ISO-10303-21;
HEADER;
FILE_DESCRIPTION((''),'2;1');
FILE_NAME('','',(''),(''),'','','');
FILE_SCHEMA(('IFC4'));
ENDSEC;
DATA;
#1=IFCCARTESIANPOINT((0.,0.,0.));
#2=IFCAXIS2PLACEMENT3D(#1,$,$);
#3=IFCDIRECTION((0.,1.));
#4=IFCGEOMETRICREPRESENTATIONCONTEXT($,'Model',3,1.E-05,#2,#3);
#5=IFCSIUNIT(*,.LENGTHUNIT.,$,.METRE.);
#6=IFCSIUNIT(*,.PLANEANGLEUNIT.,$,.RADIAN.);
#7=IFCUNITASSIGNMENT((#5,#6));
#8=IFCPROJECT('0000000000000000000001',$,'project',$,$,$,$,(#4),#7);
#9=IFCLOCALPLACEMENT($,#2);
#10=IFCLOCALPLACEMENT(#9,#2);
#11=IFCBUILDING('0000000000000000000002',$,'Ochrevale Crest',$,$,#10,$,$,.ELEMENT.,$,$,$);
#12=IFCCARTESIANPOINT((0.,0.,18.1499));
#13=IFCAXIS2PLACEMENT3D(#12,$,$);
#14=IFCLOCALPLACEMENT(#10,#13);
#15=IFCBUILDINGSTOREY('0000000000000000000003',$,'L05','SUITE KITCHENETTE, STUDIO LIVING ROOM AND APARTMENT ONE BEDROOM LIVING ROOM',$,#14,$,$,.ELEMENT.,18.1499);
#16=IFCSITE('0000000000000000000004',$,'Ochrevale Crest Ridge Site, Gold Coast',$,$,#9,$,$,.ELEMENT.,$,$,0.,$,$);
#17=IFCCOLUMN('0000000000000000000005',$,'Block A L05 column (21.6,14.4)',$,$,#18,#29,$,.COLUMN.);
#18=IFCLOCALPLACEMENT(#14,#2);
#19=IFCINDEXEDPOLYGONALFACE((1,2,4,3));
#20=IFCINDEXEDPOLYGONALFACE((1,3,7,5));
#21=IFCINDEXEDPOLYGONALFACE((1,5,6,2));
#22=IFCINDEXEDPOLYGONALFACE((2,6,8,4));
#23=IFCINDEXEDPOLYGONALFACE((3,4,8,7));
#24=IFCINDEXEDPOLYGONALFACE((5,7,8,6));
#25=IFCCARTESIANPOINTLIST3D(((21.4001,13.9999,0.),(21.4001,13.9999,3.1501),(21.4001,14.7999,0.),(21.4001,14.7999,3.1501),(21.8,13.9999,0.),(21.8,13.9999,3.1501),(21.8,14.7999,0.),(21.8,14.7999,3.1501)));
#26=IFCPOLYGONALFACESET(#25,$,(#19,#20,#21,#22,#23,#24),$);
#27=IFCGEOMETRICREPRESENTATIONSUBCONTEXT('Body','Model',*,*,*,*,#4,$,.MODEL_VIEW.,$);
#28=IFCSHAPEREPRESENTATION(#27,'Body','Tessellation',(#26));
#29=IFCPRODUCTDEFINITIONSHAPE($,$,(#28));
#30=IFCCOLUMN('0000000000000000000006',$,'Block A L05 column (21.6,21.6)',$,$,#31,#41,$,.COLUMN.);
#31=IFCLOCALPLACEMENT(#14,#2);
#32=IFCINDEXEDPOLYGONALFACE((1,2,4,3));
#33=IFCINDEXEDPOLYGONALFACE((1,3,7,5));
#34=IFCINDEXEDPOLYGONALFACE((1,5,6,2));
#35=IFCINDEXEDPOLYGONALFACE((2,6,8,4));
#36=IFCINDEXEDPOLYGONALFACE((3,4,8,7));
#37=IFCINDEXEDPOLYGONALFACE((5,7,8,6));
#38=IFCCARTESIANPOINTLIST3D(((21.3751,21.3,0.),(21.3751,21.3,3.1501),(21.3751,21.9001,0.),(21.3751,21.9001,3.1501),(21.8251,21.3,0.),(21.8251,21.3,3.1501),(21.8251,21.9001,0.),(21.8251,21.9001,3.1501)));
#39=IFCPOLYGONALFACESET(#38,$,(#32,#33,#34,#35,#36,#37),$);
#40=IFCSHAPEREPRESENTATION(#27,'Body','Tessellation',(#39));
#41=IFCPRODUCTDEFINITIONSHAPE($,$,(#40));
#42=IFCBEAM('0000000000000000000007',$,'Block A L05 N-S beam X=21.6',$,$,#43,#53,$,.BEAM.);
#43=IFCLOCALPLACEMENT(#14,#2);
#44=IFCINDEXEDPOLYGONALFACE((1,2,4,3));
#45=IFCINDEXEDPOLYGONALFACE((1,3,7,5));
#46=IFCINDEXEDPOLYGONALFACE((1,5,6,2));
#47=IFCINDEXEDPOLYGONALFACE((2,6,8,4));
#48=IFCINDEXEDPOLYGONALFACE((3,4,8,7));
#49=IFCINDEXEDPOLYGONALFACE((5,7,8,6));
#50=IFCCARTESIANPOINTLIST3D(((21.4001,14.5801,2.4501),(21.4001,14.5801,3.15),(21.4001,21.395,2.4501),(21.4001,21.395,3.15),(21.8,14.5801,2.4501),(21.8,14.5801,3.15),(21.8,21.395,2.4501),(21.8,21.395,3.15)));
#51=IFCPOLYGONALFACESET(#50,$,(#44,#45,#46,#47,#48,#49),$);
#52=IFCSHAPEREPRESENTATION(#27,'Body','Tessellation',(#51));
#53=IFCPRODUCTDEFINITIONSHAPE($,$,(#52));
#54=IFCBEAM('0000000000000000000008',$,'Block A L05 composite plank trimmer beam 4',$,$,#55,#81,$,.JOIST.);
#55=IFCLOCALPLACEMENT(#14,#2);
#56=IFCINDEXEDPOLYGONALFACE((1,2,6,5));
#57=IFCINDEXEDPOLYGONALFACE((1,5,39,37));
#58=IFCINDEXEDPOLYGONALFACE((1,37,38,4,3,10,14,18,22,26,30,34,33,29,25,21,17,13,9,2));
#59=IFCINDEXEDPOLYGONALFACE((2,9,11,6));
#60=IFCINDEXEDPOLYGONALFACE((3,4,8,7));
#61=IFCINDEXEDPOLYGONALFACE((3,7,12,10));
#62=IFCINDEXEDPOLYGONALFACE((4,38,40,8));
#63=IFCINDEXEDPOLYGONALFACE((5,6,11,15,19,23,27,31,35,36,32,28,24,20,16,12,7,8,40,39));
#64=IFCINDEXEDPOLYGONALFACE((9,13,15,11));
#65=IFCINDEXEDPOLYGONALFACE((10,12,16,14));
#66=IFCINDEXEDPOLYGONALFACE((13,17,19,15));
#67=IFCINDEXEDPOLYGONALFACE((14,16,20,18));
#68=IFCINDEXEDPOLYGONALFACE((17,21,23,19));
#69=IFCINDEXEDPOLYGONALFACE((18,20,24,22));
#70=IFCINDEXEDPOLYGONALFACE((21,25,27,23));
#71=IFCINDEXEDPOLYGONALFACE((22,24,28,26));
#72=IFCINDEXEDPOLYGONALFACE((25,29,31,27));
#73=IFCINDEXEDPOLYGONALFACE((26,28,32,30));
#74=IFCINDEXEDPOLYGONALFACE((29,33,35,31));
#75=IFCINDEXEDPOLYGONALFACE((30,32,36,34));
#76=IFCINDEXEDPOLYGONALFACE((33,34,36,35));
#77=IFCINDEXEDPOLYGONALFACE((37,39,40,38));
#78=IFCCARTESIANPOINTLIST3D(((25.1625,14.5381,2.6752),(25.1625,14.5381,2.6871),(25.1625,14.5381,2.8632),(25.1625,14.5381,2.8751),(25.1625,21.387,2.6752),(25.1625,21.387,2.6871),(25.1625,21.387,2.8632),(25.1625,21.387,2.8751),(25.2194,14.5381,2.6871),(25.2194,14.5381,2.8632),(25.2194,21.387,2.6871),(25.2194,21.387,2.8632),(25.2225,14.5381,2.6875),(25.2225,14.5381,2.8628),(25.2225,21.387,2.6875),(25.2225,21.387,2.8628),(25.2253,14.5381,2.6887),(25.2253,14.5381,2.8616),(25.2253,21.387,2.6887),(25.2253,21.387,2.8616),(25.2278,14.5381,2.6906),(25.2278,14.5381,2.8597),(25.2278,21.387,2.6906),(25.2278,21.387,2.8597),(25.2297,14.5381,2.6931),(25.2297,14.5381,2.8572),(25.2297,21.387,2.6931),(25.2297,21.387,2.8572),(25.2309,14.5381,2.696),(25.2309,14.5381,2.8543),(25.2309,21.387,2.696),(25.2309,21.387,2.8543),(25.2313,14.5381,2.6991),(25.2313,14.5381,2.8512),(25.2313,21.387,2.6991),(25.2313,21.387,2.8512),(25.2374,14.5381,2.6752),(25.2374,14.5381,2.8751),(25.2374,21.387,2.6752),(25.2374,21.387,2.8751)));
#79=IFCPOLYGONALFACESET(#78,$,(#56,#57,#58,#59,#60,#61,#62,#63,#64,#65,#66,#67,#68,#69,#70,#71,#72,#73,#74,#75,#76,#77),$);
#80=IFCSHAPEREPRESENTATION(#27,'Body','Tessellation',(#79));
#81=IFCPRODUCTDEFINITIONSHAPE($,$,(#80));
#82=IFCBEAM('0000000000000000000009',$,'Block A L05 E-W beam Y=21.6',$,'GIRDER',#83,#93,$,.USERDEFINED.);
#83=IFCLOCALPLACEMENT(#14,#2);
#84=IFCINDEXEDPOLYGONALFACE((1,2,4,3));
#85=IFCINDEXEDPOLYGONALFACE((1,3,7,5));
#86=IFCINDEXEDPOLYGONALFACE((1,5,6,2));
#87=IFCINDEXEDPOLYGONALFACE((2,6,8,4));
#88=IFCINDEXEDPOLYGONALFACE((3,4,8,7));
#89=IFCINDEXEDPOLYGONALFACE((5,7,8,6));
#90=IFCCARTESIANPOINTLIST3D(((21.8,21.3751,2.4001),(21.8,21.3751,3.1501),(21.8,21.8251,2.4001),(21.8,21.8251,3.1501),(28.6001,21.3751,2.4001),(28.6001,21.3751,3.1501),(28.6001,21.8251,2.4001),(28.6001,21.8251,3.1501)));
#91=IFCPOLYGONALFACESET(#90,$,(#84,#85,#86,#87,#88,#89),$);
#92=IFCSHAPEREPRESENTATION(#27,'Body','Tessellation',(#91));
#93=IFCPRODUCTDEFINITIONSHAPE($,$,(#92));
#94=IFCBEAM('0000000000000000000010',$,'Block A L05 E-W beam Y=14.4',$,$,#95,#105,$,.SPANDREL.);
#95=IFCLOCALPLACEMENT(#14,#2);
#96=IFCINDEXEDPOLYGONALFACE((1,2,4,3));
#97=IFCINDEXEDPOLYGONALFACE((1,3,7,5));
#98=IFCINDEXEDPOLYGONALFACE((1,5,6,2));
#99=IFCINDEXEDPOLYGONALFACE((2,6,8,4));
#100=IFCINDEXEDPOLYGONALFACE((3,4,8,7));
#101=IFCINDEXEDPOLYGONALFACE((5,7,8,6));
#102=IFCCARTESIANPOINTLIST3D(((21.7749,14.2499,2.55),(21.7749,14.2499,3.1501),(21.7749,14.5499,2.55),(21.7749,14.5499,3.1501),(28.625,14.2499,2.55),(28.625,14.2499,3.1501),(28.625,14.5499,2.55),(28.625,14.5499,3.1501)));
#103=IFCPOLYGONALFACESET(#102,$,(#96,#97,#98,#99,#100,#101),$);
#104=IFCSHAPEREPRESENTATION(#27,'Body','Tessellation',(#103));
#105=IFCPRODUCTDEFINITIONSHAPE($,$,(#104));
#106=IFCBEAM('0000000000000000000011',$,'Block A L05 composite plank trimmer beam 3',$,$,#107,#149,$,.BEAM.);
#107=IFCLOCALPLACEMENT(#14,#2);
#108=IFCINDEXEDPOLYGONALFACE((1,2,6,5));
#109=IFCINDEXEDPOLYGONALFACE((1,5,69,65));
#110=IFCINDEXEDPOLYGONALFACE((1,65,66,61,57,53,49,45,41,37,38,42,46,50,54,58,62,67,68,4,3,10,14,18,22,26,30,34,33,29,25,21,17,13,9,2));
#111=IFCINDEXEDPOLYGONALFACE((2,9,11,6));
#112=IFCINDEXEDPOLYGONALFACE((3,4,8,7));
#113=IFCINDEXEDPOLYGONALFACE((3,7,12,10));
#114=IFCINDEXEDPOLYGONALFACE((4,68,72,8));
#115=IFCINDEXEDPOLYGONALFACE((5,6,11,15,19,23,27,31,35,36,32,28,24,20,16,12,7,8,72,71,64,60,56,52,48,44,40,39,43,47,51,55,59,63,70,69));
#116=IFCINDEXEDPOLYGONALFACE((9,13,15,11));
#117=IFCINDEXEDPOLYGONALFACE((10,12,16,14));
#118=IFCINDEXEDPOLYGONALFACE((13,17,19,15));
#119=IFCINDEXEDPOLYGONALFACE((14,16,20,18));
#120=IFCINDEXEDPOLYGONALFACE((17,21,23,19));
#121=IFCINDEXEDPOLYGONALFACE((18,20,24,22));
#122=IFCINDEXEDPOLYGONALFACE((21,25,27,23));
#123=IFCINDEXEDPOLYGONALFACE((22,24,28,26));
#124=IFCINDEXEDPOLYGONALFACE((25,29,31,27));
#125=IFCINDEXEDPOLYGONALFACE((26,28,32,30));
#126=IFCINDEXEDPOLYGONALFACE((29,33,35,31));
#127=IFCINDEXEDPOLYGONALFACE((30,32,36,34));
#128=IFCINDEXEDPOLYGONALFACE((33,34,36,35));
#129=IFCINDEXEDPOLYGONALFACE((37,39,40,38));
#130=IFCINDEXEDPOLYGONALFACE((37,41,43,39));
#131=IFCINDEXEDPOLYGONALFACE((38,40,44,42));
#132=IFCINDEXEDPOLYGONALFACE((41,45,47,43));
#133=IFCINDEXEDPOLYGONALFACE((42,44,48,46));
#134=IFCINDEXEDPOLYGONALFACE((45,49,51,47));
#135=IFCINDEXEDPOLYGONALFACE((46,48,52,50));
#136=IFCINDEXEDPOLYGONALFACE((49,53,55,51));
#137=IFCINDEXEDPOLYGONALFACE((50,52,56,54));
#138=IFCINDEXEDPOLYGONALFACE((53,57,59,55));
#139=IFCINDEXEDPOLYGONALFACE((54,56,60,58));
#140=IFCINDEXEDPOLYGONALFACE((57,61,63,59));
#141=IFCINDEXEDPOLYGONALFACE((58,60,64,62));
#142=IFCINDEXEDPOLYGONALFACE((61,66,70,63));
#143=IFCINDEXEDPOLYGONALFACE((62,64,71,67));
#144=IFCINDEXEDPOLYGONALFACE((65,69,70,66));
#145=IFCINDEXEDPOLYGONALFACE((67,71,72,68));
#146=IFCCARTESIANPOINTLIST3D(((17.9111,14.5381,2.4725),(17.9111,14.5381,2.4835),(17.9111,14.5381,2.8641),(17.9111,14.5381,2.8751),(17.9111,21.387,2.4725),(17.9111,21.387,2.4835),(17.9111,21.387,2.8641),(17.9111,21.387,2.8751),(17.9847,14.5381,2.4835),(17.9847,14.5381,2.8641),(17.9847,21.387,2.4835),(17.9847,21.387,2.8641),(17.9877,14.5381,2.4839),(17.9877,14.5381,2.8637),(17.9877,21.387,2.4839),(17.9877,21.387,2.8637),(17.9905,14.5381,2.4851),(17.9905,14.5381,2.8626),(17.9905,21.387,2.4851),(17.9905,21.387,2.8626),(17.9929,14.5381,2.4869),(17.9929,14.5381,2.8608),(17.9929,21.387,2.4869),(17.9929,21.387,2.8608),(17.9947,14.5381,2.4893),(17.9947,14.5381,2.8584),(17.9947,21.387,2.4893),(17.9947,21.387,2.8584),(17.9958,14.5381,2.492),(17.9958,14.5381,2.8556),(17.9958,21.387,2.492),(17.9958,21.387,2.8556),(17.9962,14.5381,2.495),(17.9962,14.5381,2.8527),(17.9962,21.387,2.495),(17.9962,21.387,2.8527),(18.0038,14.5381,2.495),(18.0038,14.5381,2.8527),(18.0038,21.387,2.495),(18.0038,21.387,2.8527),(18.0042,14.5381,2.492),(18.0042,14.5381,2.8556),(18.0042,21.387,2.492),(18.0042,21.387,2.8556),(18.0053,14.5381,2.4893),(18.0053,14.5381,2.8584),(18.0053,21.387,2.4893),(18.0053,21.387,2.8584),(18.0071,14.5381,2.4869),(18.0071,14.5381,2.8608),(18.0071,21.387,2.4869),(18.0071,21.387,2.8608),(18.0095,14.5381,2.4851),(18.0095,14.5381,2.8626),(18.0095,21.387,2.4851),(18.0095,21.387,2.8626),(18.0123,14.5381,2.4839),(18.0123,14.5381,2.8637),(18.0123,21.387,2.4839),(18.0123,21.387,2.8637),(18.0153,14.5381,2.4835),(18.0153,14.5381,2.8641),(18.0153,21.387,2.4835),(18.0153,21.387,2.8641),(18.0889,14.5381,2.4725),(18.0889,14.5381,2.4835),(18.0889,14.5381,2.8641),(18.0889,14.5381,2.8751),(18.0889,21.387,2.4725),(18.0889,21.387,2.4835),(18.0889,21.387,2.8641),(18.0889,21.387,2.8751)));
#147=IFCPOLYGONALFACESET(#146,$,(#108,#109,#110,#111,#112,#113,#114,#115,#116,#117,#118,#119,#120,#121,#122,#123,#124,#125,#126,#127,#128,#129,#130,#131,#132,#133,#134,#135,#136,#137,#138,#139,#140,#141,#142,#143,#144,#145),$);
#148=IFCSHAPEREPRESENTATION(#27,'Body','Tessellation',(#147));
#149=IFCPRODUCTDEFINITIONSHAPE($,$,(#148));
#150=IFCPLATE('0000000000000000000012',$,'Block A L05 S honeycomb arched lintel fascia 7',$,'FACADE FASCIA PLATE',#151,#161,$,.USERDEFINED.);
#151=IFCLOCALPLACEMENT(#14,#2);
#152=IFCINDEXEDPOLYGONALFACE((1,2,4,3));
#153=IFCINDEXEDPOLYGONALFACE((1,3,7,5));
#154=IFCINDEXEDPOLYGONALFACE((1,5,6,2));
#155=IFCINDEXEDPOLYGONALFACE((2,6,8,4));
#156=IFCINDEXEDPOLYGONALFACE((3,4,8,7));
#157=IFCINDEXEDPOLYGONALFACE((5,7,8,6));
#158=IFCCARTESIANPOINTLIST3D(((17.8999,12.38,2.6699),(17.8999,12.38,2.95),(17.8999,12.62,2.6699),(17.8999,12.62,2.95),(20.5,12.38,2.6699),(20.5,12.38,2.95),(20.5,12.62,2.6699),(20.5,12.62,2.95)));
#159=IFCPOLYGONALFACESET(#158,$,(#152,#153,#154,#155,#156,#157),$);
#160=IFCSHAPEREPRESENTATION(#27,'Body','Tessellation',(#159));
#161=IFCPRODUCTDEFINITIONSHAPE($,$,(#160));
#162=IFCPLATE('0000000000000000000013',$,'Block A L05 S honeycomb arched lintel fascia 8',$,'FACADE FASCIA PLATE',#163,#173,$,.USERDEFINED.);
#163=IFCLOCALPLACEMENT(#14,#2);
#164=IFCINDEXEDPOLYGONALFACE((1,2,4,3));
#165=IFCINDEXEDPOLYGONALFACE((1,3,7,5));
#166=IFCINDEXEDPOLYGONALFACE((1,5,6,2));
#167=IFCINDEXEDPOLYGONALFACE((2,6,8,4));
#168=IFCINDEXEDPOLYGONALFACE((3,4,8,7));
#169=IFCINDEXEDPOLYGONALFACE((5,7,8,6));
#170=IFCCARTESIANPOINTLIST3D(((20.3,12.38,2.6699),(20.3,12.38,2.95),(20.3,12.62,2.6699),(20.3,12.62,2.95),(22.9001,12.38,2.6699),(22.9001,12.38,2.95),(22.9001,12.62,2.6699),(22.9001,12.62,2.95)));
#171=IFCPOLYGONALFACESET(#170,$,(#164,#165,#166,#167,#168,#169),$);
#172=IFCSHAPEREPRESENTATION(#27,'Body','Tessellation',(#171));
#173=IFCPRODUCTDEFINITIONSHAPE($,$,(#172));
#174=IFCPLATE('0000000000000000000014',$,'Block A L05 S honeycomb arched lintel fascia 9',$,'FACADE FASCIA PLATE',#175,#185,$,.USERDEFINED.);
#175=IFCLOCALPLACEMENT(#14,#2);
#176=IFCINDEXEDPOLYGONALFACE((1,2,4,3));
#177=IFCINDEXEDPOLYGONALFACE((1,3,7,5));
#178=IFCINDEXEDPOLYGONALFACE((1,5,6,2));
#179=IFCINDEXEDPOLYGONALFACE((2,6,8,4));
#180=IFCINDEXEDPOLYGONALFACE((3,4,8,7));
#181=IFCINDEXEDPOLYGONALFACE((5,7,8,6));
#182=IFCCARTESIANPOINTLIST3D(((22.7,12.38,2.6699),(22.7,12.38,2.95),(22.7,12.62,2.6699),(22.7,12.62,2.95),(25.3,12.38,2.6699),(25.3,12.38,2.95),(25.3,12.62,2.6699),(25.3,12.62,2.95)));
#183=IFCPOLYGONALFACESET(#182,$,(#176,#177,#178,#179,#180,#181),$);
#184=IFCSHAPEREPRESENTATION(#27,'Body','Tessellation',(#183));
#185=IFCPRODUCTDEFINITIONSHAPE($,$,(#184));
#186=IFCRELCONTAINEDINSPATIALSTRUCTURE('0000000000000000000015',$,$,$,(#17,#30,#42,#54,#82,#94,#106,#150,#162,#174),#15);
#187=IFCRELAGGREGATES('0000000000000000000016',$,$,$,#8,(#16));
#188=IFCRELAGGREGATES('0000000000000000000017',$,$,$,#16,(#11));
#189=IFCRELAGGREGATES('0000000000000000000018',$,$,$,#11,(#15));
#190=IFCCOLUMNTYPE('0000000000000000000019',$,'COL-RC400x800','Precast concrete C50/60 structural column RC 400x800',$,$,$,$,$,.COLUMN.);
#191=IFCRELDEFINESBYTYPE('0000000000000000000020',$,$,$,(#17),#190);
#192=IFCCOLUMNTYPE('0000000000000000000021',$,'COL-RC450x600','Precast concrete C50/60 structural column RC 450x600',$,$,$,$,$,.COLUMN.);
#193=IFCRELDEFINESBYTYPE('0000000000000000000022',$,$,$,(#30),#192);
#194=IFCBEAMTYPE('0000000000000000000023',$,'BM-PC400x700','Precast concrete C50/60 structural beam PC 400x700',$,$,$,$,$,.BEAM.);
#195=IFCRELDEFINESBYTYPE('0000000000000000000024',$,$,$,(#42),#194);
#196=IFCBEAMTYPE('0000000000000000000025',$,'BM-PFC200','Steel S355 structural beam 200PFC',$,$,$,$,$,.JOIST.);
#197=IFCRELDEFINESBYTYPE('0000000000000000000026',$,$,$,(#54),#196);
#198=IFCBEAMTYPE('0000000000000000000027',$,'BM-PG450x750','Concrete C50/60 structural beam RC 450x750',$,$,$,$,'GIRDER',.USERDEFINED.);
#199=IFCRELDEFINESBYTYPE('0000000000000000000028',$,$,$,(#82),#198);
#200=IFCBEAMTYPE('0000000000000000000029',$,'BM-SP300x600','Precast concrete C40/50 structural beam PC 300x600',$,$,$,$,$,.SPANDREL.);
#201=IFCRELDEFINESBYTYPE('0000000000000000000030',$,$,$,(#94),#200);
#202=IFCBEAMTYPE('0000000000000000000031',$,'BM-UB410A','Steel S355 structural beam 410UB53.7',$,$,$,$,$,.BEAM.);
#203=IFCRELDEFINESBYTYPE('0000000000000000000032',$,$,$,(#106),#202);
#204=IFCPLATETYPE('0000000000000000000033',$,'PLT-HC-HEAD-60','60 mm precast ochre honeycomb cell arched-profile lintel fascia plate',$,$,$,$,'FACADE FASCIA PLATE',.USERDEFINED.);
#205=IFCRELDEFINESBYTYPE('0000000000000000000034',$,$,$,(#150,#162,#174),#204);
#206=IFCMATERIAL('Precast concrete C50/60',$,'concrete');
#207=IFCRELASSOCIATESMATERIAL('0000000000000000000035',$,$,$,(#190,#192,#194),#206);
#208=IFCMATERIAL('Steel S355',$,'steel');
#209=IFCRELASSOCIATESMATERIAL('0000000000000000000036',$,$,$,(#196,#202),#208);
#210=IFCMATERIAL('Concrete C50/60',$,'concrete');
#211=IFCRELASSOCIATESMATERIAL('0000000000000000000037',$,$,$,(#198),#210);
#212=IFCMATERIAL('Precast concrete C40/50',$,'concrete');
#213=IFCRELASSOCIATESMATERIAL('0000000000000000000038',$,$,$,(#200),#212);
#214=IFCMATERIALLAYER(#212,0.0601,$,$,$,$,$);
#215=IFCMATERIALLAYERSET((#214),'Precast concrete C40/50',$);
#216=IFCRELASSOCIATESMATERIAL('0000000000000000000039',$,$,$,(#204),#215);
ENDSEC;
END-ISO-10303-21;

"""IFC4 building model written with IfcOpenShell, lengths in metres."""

from ifc_helpers import new_model, si_unit, direction, frame, origin, origin_2d, place, context, subcontext, project, spatial, rectangle, i_section, u_section, extrude, material, layer, layer_set, material_profile, profile_set, type_object, element, save


model = new_model("IFC4")

# Units and contexts
model_context = context("Model", 3, precision=1e-05, world=origin(), true_north=direction((0.0, 1.0)))
body_context = subcontext(model_context, "Body", "Model", "MODEL_VIEW")
ifc_project = project(units=[si_unit("LENGTHUNIT", "METRE"), si_unit("PLANEANGLEUNIT", "RADIAN")], contexts=[model_context])

# Site, building, storey
site_placement = place(None, origin())
site = spatial("IfcSite", under=ifc_project, at=site_placement, Name="Ochrevale Crest Ridge Site, Gold Coast", CompositionType="ELEMENT", RefElevation=0.0)
building_placement = place(site_placement, origin())
building = spatial("IfcBuilding", under=site, at=building_placement, Name="Ochrevale Crest", CompositionType="ELEMENT")
storey_placement = place(building_placement, frame((0.0, 0.0, 18.1499)))
storey = spatial("IfcBuildingStorey", under=building, at=storey_placement, Name="L05", Description="SUITE KITCHENETTE, STUDIO LIVING ROOM AND APARTMENT ONE BEDROOM LIVING ROOM", CompositionType="ELEMENT", Elevation=18.1499)

# Columns
ifc_material_1 = material(Name="Precast concrete C50/60", Category="concrete")
ifc_material_profile_1 = material_profile(ifc_material_1, rectangle(XDim=0.3999, YDim=0.8, at=origin_2d()), Name="RC 400x800")
ifc_profile_set_1 = profile_set([ifc_material_profile_1], Name="Precast concrete C50/60")
column_type_1 = type_object("IfcColumnType", Name="COL-RC400x800", Description="Precast concrete C50/60 structural column RC 400x800", PredefinedType="COLUMN", material=ifc_profile_set_1)
column_1_placement = place(storey_placement, frame((21.6001, 14.3999, 0.0), z_axis=(0.0, 0.0, 1.0), x_axis=(1.0, 0.0, 0.0)))
element("IfcColumn", 1, at=column_1_placement, inside=storey, type_object=column_type_1, Name="Block A L05 column (21.6,14.4)", PredefinedType="COLUMN", context=body_context, shape_type="SweptSolid", body=[
    extrude(rectangle(XDim=0.3999, YDim=0.8, at=origin_2d()), origin(), (0.0, 0.0, 1.0), 3.1501),
])
ifc_material_profile_2 = material_profile(ifc_material_1, rectangle(XDim=0.45, YDim=0.6001, at=origin_2d()), Name="RC 450x600")
ifc_profile_set_2 = profile_set([ifc_material_profile_2], Name="Precast concrete C50/60")
column_type_2 = type_object("IfcColumnType", Name="COL-RC450x600", Description="Precast concrete C50/60 structural column RC 450x600", PredefinedType="COLUMN", material=ifc_profile_set_2)
column_2_placement = place(storey_placement, frame((21.6001, 21.6001, 0.0), z_axis=(0.0, 0.0, 1.0), x_axis=(1.0, 0.0, 0.0)))
element("IfcColumn", 2, at=column_2_placement, inside=storey, type_object=column_type_2, Name="Block A L05 column (21.6,21.6)", PredefinedType="COLUMN", context=body_context, shape_type="SweptSolid", body=[
    extrude(rectangle(XDim=0.45, YDim=0.6001, at=origin_2d()), origin(), (0.0, 0.0, 1.0), 3.1501),
])

# Beams
ifc_material_profile_3 = material_profile(ifc_material_1, rectangle(XDim=0.3999, YDim=0.7, at=origin_2d()), Name="PC 400x700")
ifc_profile_set_3 = profile_set([ifc_material_profile_3], Name="Precast concrete C50/60")
beam_type_1 = type_object("IfcBeamType", Name="BM-PC400x700", Description="Precast concrete C50/60 structural beam PC 400x700", PredefinedType="BEAM", material=ifc_profile_set_3)
beam_1_placement = place(storey_placement, frame((21.6001, 14.5801, 2.8), z_axis=(0.0, 1.0, 0.0), x_axis=(-1.0, 0.0, 0.0)))
element("IfcBeam", 3, at=beam_1_placement, inside=storey, type_object=beam_type_1, Name="Block A L05 N-S beam X=21.6", PredefinedType="BEAM", context=body_context, shape_type="SweptSolid", body=[
    extrude(rectangle(XDim=0.3999, YDim=0.7, at=origin_2d()), origin(), (0.0, 0.0, 1.0), 6.8149),
])
ifc_material_2 = material(Name="Steel S355", Category="steel")
ifc_material_profile_4 = material_profile(ifc_material_2, u_section(Depth=0.2, FlangeWidth=0.075, WebThickness=0.0061, FlangeThickness=0.012, FilletRadius=0.012, at=origin_2d()), Name="200PFC")
ifc_profile_set_4 = profile_set([ifc_material_profile_4], Name="Steel S355")
beam_type_2 = type_object("IfcBeamType", Name="BM-PFC200", Description="Steel S355 structural beam 200PFC", PredefinedType="JOIST", material=ifc_profile_set_4)
beam_2_placement = place(storey_placement, frame((25.2, 14.5381, 2.7751), z_axis=(0.0, 1.0, 0.0), x_axis=(-1.0, 0.0, 0.0)))
element("IfcBeam", 4, at=beam_2_placement, inside=storey, type_object=beam_type_2, Name="Block A L05 composite plank trimmer beam 4", PredefinedType="JOIST", context=body_context, shape_type="SweptSolid", body=[
    extrude(u_section(Depth=0.2, FlangeWidth=0.075, WebThickness=0.0061, FlangeThickness=0.012, FilletRadius=0.012, at=origin_2d()), origin(), (0.0, 0.0, 1.0), 6.8489),
])
ifc_material_3 = material(Name="Concrete C50/60", Category="concrete")
ifc_material_profile_5 = material_profile(ifc_material_3, rectangle(XDim=0.45, YDim=0.75, at=origin_2d()), Name="RC 450x750")
ifc_profile_set_5 = profile_set([ifc_material_profile_5], Name="Concrete C50/60")
beam_type_3 = type_object("IfcBeamType", Name="BM-PG450x750", Description="Concrete C50/60 structural beam RC 450x750", ElementType="GIRDER", PredefinedType="USERDEFINED", material=ifc_profile_set_5)
beam_3_placement = place(storey_placement, frame((21.8, 21.6001, 2.7751), z_axis=(1.0, 0.0, 0.0), x_axis=(0.0, 1.0, 0.0)))
element("IfcBeam", 5, at=beam_3_placement, inside=storey, type_object=beam_type_3, Name="Block A L05 E-W beam Y=21.6", ObjectType="GIRDER", PredefinedType="USERDEFINED", context=body_context, shape_type="SweptSolid", body=[
    extrude(rectangle(XDim=0.45, YDim=0.75, at=origin_2d()), origin(), (0.0, 0.0, 1.0), 6.8),
])
ifc_material_4 = material(Name="Precast concrete C40/50", Category="concrete")
ifc_material_profile_6 = material_profile(ifc_material_4, rectangle(XDim=0.3, YDim=0.6001, at=origin_2d()), Name="PC 300x600")
ifc_profile_set_6 = profile_set([ifc_material_profile_6], Name="Precast concrete C40/50")
beam_type_4 = type_object("IfcBeamType", Name="BM-SP300x600", Description="Precast concrete C40/50 structural beam PC 300x600", PredefinedType="SPANDREL", material=ifc_profile_set_6)
beam_4_placement = place(storey_placement, frame((21.7749, 14.3999, 2.8501), z_axis=(1.0, 0.0, 0.0), x_axis=(0.0, 1.0, 0.0)))
element("IfcBeam", 6, at=beam_4_placement, inside=storey, type_object=beam_type_4, Name="Block A L05 E-W beam Y=14.4", PredefinedType="SPANDREL", context=body_context, shape_type="SweptSolid", body=[
    extrude(rectangle(XDim=0.3, YDim=0.6001, at=origin_2d()), origin(), (0.0, 0.0, 1.0), 6.8501),
])
ifc_material_profile_7 = material_profile(ifc_material_2, i_section(OverallWidth=0.1777, OverallDepth=0.4026, WebThickness=0.0076, FlangeThickness=0.011, FilletRadius=0.0115, at=origin_2d()), Name="410UB53.7")
ifc_profile_set_7 = profile_set([ifc_material_profile_7], Name="Steel S355")
beam_type_5 = type_object("IfcBeamType", Name="BM-UB410A", Description="Steel S355 structural beam 410UB53.7", PredefinedType="BEAM", material=ifc_profile_set_7)
beam_5_placement = place(storey_placement, frame((18.0, 14.5381, 2.6738), z_axis=(0.0, 1.0, 0.0), x_axis=(-1.0, 0.0, 0.0)))
element("IfcBeam", 7, at=beam_5_placement, inside=storey, type_object=beam_type_5, Name="Block A L05 composite plank trimmer beam 3", PredefinedType="BEAM", context=body_context, shape_type="SweptSolid", body=[
    extrude(i_section(OverallWidth=0.1777, OverallDepth=0.4026, WebThickness=0.0076, FlangeThickness=0.011, FilletRadius=0.0115, at=origin_2d()), origin(), (0.0, 0.0, 1.0), 6.8489),
])

# Plates
ifc_layer_1 = layer(ifc_material_4, 0.0601)
ifc_layer_set_1 = layer_set([ifc_layer_1], Name="Precast concrete C40/50")
plate_type_1 = type_object("IfcPlateType", Name="PLT-HC-HEAD-60", Description="60 mm precast ochre honeycomb cell arched-profile lintel fascia plate", ElementType="FACADE FASCIA PLATE", PredefinedType="USERDEFINED", material=ifc_layer_set_1)
for number, where, z_axis, x_axis, name in (
    (8, (19.2, 12.5, 2.6699), (0.0, 0.0, 1.0), (1.0, 0.0, 0.0), "Block A L05 S honeycomb arched lintel fascia 7"),
    (9, (21.6001, 12.5, 2.6699), (0.0, 0.0, 1.0), (1.0, 0.0, 0.0), "Block A L05 S honeycomb arched lintel fascia 8"),
    (10, (24.0, 12.5, 2.6699), (0.0, 0.0, 1.0), (1.0, 0.0, 0.0), "Block A L05 S honeycomb arched lintel fascia 9"),
):
    element("IfcPlate", number, at=place(storey_placement, frame(where, z_axis=z_axis, x_axis=x_axis)), inside=storey, type_object=plate_type_1, Name=name, ObjectType="FACADE FASCIA PLATE", PredefinedType="USERDEFINED", context=body_context, shape_type="SweptSolid", body=[
        extrude(rectangle(XDim=2.6001, YDim=0.24, at=origin_2d()), origin(), (0.0, 0.0, 1.0), 0.28),
    ])

save(model, "model.ifc")
